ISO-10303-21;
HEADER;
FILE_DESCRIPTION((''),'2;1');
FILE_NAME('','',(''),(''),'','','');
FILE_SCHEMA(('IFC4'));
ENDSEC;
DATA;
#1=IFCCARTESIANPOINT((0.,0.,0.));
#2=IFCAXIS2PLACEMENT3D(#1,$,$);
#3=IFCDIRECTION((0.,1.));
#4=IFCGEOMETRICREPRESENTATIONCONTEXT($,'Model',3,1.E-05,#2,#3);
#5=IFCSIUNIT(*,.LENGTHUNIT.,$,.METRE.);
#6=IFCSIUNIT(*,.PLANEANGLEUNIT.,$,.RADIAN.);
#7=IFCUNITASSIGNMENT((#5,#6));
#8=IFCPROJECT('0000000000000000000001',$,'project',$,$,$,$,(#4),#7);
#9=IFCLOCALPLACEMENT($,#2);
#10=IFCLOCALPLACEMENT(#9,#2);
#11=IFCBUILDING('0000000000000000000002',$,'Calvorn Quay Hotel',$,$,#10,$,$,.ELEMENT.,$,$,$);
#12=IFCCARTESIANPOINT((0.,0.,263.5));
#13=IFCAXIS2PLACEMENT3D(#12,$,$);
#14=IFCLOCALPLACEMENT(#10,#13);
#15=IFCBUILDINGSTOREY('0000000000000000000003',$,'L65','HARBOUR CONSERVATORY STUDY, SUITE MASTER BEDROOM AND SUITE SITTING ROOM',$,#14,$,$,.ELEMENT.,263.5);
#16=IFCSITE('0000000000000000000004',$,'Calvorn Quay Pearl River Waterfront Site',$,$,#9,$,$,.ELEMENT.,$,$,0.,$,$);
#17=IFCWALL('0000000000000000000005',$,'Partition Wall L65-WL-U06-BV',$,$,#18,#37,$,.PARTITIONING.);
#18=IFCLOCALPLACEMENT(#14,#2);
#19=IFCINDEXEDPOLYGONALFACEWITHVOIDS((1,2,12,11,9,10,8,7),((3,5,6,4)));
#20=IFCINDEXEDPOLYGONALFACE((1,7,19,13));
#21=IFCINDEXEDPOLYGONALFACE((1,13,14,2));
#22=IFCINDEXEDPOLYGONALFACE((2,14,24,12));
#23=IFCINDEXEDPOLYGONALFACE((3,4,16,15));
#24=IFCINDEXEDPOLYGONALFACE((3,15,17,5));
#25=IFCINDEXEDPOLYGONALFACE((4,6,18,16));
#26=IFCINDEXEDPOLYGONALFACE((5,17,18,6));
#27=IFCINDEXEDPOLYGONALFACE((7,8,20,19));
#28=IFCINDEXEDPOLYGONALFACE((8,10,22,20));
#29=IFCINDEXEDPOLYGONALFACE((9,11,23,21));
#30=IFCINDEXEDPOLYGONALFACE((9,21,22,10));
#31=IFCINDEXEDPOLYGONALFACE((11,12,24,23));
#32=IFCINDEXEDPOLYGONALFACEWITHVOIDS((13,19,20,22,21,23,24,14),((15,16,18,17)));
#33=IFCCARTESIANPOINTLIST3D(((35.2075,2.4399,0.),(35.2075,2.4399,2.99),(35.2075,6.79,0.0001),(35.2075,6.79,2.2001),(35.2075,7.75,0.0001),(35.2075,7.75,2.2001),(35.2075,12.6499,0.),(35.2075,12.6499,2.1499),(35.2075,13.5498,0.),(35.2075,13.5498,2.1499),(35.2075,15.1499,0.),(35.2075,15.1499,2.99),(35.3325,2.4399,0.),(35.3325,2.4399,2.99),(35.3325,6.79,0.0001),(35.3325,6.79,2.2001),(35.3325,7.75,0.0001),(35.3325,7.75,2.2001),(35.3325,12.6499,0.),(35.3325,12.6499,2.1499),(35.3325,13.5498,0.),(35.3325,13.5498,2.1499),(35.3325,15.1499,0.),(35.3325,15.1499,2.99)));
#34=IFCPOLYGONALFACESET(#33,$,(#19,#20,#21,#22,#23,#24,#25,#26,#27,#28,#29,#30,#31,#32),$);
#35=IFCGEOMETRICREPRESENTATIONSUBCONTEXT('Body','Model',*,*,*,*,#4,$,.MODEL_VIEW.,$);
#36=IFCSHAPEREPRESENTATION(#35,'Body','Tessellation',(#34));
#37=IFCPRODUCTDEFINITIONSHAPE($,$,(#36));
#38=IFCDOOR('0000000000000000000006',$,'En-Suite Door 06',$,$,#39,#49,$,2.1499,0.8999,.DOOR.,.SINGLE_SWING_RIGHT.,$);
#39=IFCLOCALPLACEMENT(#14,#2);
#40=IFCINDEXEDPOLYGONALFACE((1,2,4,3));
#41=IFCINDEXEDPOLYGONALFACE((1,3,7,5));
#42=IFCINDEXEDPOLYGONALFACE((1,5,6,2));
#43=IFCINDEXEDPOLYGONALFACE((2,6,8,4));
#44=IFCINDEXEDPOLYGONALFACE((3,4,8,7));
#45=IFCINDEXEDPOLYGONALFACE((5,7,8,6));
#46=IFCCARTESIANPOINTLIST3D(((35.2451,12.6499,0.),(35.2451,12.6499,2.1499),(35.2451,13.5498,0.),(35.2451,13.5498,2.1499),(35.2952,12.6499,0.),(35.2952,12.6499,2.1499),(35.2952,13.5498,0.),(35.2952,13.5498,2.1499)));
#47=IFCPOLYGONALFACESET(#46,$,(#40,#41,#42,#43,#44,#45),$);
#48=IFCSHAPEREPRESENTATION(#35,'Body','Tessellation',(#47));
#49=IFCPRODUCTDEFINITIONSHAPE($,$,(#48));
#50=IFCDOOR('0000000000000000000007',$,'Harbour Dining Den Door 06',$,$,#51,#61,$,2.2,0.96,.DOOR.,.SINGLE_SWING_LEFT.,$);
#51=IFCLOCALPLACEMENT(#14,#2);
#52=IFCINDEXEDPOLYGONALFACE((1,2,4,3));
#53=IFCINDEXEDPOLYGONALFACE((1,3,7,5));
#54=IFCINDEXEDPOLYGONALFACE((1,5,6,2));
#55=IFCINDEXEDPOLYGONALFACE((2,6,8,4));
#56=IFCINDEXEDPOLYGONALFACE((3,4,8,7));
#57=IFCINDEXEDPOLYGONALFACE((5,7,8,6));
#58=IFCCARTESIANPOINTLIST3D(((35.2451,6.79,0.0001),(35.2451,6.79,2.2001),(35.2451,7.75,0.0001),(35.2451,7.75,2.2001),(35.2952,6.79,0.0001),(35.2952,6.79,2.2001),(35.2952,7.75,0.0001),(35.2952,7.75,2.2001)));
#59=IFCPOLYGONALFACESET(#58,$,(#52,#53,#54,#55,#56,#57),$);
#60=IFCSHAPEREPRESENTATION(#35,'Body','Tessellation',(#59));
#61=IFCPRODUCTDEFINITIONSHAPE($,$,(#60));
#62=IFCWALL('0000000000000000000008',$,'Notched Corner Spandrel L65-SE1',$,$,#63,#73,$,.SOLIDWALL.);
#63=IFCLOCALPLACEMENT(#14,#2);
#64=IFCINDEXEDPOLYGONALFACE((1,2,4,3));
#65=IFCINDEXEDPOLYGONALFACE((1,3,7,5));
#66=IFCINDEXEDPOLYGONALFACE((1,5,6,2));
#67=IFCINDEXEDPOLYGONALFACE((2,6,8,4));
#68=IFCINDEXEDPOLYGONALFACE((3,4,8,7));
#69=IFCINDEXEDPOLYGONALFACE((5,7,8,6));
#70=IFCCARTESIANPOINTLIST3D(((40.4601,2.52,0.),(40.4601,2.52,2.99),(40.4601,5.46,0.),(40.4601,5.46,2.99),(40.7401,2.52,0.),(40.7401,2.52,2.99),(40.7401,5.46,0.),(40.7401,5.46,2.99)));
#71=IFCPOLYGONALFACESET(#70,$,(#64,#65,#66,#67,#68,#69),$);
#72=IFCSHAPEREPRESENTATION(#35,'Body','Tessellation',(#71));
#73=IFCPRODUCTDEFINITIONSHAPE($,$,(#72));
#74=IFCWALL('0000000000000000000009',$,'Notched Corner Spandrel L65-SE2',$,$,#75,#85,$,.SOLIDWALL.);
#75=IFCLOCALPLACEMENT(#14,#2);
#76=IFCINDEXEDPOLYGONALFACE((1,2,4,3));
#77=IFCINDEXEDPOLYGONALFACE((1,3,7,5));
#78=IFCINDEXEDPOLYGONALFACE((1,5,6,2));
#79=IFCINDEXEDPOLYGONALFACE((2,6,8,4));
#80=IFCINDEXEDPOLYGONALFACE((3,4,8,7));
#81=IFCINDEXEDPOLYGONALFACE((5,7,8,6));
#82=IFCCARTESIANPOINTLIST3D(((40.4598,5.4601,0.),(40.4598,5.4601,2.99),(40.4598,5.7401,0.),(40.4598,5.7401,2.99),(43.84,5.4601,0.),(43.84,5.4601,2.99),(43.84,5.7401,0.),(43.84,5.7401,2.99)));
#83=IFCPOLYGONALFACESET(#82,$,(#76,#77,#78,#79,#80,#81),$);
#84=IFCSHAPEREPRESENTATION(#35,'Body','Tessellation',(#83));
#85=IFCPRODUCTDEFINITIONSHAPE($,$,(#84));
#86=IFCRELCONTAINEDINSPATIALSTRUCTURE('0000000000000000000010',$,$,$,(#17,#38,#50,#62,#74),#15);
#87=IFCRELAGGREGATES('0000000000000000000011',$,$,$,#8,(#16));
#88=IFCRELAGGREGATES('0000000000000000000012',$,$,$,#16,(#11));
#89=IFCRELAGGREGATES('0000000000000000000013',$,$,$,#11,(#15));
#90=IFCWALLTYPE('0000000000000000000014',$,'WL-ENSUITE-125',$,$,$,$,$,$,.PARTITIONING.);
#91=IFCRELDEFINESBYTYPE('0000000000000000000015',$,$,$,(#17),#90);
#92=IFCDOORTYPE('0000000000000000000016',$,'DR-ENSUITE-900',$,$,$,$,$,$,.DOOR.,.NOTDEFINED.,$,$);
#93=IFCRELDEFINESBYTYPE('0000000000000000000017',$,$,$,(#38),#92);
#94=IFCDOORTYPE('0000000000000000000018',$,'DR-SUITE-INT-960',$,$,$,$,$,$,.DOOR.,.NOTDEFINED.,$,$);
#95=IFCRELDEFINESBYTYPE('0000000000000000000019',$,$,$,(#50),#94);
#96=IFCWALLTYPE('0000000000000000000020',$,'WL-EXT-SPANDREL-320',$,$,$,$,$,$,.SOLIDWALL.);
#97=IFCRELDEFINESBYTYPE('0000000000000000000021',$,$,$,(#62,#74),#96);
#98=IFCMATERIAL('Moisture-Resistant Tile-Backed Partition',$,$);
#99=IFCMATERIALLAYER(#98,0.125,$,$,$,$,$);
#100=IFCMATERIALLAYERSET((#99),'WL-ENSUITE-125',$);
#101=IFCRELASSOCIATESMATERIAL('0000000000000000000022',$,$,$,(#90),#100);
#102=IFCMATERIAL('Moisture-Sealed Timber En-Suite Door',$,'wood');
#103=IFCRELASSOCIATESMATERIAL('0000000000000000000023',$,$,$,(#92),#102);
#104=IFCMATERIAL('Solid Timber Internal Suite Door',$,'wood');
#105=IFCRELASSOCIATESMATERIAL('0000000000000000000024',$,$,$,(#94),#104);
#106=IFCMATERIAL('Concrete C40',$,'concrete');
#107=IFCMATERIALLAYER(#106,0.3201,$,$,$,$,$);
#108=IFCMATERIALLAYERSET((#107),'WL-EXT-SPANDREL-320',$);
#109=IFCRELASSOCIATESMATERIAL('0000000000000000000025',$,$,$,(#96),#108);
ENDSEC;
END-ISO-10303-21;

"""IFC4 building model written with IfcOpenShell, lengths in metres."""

from ifc_helpers import new_model, si_unit, direction, frame, frame_2d, origin, place, context, subcontext, project, spatial, rectangle, extrude, material, layer, layer_set, type_object, element, fill, save


model = new_model("IFC4")

# Units and contexts
model_context = context("Model", 3, precision=1e-05, world=origin(), true_north=direction((0.0, 1.0)))
body_context = subcontext(model_context, "Body", "Model", "MODEL_VIEW")
ifc_project = project(units=[si_unit("LENGTHUNIT", "METRE"), si_unit("PLANEANGLEUNIT", "RADIAN")], contexts=[model_context])

# Site, building, storey
site_placement = place(None, origin())
site = spatial("IfcSite", under=ifc_project, at=site_placement, Name="Calvorn Quay Pearl River Waterfront Site", CompositionType="ELEMENT", RefElevation=0.0)
building_placement = place(site_placement, origin())
building = spatial("IfcBuilding", under=site, at=building_placement, Name="Calvorn Quay Hotel", CompositionType="ELEMENT")
storey_placement = place(building_placement, frame((0.0, 0.0, 263.5)))
storey = spatial("IfcBuildingStorey", under=building, at=storey_placement, Name="L65", Description="HARBOUR CONSERVATORY STUDY, SUITE MASTER BEDROOM AND SUITE SITTING ROOM", CompositionType="ELEMENT", Elevation=263.5)

# Wall, openings, doors
ifc_material_1 = material(Name="Moisture-Resistant Tile-Backed Partition")
ifc_layer_1 = layer(ifc_material_1, 0.125)
ifc_layer_set_1 = layer_set([ifc_layer_1], Name="WL-ENSUITE-125")
wall_type_1 = type_object("IfcWallType", Name="WL-ENSUITE-125", PredefinedType="PARTITIONING", material=ifc_layer_set_1)
wall_1_placement = place(storey_placement, frame((35.27, 2.4399, 0.0), z_axis=(0.0, 0.0, 1.0), x_axis=(0.0, 1.0, 0.0)))
wall_1 = element("IfcWall", 1, at=wall_1_placement, inside=storey, type_object=wall_type_1, Name="Partition Wall L65-WL-U06-BV", PredefinedType="PARTITIONING", context=body_context, shape_type="SweptSolid", body=[
    extrude(rectangle(XDim=12.71, YDim=0.125, at=frame_2d((6.355, 0.0))), origin(), (0.0, 0.0, 1.0), 2.99),
])
opening_1_placement = place(wall_1_placement, frame((4.3501, 0.0, 0.0)))
opening_1 = element("IfcOpeningElement", 2, at=opening_1_placement, cuts=wall_1, PredefinedType="OPENING", context=body_context, shape_type="SweptSolid", body=[
    extrude(rectangle(XDim=0.96, YDim=2.2, at=frame_2d((0.48, 1.1001))), frame((0.0, 0.0725, 0.0), z_axis=(0.0, -1.0, 0.0), x_axis=(1.0, 0.0, 0.0)), (0.0, 0.0, 1.0), 0.145),
])
opening_2_placement = place(wall_1_placement, frame((10.21, 0.0, 0.0)))
opening_2 = element("IfcOpeningElement", 3, at=opening_2_placement, cuts=wall_1, PredefinedType="OPENING", context=body_context, shape_type="SweptSolid", body=[
    extrude(rectangle(XDim=0.8999, YDim=2.1499, at=frame_2d((0.45, 1.075))), frame((0.0, 0.0725, 0.0), z_axis=(0.0, -1.0, 0.0), x_axis=(1.0, 0.0, 0.0)), (0.0, 0.0, 1.0), 0.145),
])
ifc_material_2 = material(Name="Moisture-Sealed Timber En-Suite Door", Category="wood")
door_type_1 = type_object("IfcDoorType", Name="DR-ENSUITE-900", OperationType="NOTDEFINED", PredefinedType="DOOR", material=ifc_material_2)
door_1_placement = place(opening_2_placement, origin())
door_1 = element("IfcDoor", 4, at=door_1_placement, inside=storey, type_object=door_type_1, Name="En-Suite Door 06", OperationType="SINGLE_SWING_RIGHT", OverallHeight=2.1499, OverallWidth=0.8999, PredefinedType="DOOR", context=body_context, shape_type="SweptSolid", body=[
    extrude(rectangle(XDim=0.8999, YDim=2.1499, at=frame_2d((0.45, 1.075))), frame((0.0, 0.0249, 0.0), z_axis=(0.0, -1.0, 0.0), x_axis=(1.0, 0.0, 0.0)), (0.0, 0.0, 1.0), 0.05),
])
fill(opening_2, door_1)
ifc_material_3 = material(Name="Solid Timber Internal Suite Door", Category="wood")
door_type_2 = type_object("IfcDoorType", Name="DR-SUITE-INT-960", OperationType="NOTDEFINED", PredefinedType="DOOR", material=ifc_material_3)
door_2_placement = place(opening_1_placement, origin())
door_2 = element("IfcDoor", 5, at=door_2_placement, inside=storey, type_object=door_type_2, Name="Harbour Dining Den Door 06", OperationType="SINGLE_SWING_LEFT", OverallHeight=2.2, OverallWidth=0.96, PredefinedType="DOOR", context=body_context, shape_type="SweptSolid", body=[
    extrude(rectangle(XDim=0.96, YDim=2.2, at=frame_2d((0.48, 1.1001))), frame((0.0, 0.0249, 0.0), z_axis=(0.0, -1.0, 0.0), x_axis=(1.0, 0.0, 0.0)), (0.0, 0.0, 1.0), 0.05),
])
fill(opening_1, door_2)

# Walls
ifc_material_4 = material(Name="Concrete C40", Category="concrete")
ifc_layer_2 = layer(ifc_material_4, 0.3201)
ifc_layer_set_2 = layer_set([ifc_layer_2], Name="WL-EXT-SPANDREL-320")
wall_type_2 = type_object("IfcWallType", Name="WL-EXT-SPANDREL-320", PredefinedType="SOLIDWALL", material=ifc_layer_set_2)
wall_2_placement = place(storey_placement, frame((40.6001, 2.52, 0.0), z_axis=(0.0, 0.0, 1.0), x_axis=(0.0, 1.0, 0.0)))
element("IfcWall", 6, at=wall_2_placement, inside=storey, type_object=wall_type_2, Name="Notched Corner Spandrel L65-SE1", PredefinedType="SOLIDWALL", context=body_context, shape_type="SweptSolid", body=[
    extrude(rectangle(XDim=2.9399, YDim=0.28, at=frame_2d((1.47, 0.0))), origin(), (0.0, 0.0, 1.0), 2.99),
])
wall_3_placement = place(storey_placement, frame((40.46, 5.6001, 0.0), z_axis=(0.0, 0.0, 1.0), x_axis=(1.0, 0.0, 0.0)))
element("IfcWall", 7, at=wall_3_placement, inside=storey, type_object=wall_type_2, Name="Notched Corner Spandrel L65-SE2", PredefinedType="SOLIDWALL", context=body_context, shape_type="SweptSolid", body=[
    extrude(rectangle(XDim=3.3801, YDim=0.28, at=frame_2d((1.6899, 0.0))), origin(), (0.0, 0.0, 1.0), 2.99),
])

save(model, "model.ifc")
